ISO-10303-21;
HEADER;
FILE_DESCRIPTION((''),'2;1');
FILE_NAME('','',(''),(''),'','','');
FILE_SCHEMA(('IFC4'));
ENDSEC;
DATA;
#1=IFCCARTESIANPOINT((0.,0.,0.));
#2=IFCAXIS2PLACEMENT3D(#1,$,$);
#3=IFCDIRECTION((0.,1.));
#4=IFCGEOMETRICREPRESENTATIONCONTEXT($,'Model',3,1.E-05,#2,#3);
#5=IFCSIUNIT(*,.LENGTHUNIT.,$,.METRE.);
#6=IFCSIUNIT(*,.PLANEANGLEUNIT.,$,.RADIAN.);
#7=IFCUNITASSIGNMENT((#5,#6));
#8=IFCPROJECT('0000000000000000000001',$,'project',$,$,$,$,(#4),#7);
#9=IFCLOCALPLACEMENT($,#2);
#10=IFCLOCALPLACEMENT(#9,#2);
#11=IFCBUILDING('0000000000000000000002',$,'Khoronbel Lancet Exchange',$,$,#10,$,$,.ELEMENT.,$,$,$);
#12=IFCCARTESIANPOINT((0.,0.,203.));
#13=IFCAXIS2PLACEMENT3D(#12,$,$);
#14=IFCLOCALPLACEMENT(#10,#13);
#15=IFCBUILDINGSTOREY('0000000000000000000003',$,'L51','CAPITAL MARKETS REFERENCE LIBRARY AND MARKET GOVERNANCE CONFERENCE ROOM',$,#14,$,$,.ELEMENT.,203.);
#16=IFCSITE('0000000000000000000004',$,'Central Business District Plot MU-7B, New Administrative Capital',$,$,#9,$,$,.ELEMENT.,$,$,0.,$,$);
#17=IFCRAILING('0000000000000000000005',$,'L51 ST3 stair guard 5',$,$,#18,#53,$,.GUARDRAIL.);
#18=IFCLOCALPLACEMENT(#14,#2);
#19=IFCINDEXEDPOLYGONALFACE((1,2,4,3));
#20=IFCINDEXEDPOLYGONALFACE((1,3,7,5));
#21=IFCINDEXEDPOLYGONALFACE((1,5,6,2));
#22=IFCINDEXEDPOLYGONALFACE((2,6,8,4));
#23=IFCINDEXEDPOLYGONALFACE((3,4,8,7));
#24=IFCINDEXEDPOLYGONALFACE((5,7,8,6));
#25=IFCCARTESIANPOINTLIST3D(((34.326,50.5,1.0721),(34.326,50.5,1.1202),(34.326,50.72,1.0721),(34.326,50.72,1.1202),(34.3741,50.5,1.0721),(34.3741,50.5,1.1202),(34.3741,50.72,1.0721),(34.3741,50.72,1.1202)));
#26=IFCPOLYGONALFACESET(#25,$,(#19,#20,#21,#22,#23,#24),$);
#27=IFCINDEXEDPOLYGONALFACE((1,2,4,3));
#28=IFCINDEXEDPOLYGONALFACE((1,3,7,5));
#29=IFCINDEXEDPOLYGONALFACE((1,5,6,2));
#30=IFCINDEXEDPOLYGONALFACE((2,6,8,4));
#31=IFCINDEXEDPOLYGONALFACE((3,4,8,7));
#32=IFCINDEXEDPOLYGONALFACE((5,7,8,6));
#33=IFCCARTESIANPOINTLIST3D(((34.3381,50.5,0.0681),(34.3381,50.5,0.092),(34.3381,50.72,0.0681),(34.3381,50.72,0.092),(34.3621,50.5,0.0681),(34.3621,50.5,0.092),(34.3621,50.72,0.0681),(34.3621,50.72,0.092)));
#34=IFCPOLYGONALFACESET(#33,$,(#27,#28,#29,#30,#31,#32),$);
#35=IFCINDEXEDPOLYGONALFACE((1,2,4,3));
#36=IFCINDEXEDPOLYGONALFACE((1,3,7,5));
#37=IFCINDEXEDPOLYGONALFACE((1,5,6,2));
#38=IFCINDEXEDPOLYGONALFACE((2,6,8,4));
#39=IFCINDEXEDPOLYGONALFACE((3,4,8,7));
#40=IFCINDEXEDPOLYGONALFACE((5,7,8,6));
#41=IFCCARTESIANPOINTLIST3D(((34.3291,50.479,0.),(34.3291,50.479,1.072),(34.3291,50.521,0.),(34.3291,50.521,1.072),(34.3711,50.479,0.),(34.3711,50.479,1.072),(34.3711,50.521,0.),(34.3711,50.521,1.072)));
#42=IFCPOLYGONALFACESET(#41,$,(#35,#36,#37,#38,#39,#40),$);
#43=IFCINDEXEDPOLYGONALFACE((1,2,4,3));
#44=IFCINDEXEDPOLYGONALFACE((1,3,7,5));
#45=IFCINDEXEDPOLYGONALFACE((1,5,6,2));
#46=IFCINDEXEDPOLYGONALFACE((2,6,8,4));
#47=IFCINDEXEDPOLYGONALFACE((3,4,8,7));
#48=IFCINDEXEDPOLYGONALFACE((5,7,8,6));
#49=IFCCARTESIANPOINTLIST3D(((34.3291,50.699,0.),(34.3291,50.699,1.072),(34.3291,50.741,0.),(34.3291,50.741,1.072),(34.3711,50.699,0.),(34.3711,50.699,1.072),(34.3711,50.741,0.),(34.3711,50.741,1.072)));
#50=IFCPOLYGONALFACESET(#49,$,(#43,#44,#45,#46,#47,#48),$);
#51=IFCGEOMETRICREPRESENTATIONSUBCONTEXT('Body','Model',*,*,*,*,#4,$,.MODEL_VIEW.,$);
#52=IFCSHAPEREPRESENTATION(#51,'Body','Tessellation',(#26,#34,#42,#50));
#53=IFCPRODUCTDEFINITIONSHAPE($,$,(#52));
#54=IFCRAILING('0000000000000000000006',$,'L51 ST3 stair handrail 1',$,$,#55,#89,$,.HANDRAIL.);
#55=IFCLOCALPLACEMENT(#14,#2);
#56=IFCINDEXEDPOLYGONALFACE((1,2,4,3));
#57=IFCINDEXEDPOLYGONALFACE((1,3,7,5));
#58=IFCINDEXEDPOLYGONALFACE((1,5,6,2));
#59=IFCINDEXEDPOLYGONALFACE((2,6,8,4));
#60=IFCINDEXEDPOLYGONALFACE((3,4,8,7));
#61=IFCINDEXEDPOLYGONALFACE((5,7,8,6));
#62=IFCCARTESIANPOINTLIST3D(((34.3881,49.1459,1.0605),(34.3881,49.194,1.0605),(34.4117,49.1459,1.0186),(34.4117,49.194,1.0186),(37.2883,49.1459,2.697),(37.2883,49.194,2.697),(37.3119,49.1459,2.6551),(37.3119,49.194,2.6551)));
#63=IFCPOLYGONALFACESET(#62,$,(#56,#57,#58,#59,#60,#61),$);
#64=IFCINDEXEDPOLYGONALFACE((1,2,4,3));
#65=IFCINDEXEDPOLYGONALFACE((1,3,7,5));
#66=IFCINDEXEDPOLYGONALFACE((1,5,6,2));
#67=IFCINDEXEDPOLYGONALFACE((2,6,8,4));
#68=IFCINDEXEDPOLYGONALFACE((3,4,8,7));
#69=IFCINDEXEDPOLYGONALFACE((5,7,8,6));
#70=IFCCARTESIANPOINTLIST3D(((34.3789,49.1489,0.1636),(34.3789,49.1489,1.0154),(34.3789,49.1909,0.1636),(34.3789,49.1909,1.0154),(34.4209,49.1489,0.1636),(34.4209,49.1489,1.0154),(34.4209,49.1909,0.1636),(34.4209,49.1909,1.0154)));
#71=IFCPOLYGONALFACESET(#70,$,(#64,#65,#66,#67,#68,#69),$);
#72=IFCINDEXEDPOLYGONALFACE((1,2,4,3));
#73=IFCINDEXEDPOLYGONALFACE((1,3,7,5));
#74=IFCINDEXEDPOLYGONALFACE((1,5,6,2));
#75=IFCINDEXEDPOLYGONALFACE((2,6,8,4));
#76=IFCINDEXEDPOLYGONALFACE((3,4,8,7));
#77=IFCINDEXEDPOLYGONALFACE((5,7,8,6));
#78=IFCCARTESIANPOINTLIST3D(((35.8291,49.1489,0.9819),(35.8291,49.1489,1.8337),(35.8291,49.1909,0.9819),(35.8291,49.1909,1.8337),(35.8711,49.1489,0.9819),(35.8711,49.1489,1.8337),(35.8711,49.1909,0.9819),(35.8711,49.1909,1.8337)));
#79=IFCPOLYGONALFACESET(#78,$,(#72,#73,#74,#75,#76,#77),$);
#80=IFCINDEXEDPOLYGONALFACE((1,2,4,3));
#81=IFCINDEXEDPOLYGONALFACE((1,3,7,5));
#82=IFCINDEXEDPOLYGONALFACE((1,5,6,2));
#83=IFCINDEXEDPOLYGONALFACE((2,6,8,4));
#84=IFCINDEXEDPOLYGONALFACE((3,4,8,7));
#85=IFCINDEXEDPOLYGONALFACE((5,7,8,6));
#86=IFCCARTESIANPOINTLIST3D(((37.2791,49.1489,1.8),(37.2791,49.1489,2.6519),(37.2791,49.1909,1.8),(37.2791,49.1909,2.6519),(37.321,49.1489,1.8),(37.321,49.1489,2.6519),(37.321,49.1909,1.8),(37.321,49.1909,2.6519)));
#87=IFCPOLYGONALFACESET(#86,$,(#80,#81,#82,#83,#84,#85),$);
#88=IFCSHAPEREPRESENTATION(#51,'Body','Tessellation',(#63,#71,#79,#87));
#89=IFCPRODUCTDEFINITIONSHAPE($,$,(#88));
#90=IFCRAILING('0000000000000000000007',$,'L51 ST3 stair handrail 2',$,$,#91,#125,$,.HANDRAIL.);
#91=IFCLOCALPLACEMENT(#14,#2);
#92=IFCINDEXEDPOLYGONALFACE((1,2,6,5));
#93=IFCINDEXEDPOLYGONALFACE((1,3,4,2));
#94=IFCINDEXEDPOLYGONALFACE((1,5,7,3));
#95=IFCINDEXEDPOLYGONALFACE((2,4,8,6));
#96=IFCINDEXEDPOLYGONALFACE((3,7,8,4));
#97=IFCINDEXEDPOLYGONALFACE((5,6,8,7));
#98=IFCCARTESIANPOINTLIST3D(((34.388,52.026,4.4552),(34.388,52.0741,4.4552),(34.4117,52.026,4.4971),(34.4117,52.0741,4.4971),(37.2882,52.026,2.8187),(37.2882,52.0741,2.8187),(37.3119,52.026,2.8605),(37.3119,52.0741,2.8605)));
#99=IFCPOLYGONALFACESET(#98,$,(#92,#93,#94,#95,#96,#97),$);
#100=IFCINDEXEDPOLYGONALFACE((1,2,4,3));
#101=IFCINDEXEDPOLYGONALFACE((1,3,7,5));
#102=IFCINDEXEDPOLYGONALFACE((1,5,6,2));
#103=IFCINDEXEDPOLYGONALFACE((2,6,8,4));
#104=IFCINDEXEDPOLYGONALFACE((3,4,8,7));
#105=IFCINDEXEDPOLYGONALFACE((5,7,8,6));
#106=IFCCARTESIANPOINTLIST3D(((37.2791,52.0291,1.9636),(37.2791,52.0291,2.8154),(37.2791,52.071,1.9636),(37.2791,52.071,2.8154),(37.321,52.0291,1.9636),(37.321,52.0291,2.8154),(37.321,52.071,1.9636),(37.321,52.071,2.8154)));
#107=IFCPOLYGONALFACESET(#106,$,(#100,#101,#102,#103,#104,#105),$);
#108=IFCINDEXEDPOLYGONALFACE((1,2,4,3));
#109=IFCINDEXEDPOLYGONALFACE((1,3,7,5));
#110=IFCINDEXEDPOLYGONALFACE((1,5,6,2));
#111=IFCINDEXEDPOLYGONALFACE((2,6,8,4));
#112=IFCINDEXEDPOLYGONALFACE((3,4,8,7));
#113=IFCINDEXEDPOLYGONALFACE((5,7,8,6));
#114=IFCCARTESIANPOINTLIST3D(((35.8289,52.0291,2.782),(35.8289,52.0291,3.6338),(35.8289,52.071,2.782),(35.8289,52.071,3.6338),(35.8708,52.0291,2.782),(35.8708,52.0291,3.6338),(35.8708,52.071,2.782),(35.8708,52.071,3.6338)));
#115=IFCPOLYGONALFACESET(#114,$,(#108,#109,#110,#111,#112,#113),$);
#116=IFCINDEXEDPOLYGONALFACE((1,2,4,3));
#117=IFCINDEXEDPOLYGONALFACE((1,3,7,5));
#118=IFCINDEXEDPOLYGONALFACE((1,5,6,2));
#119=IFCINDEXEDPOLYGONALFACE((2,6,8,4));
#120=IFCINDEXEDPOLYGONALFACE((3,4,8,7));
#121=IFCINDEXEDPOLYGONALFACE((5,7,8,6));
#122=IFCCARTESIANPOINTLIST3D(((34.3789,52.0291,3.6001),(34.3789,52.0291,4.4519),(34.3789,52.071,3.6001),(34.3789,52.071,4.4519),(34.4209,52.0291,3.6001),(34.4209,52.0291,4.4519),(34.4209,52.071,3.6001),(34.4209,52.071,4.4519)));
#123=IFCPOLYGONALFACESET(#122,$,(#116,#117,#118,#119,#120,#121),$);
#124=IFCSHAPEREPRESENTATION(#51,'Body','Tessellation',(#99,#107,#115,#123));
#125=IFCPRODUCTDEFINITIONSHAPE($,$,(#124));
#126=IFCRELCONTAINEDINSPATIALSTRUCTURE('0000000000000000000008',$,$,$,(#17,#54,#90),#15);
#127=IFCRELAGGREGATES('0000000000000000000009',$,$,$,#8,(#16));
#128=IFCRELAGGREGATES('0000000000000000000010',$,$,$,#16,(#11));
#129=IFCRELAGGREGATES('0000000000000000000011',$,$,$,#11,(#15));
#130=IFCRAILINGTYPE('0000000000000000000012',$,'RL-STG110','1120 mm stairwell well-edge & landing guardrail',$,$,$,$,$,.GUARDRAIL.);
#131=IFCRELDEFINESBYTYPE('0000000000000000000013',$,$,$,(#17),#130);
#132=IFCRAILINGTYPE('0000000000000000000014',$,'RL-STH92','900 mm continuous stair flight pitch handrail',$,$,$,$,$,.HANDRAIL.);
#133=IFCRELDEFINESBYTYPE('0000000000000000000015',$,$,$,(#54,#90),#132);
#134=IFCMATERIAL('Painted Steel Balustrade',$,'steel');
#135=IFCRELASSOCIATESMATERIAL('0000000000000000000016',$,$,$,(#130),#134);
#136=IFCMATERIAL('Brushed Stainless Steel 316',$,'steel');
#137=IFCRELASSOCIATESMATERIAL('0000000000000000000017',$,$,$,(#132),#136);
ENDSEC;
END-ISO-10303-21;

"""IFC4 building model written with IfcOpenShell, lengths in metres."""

from ifc_helpers import new_model, si_unit, direction, frame, origin, origin_2d, place, context, subcontext, project, spatial, rectangle, extrude, material, type_object, element, save


model = new_model("IFC4")

# Units and contexts
model_context = context("Model", 3, precision=1e-05, world=origin(), true_north=direction((0.0, 1.0)))
body_context = subcontext(model_context, "Body", "Model", "MODEL_VIEW")
ifc_project = project(units=[si_unit("LENGTHUNIT", "METRE"), si_unit("PLANEANGLEUNIT", "RADIAN")], contexts=[model_context])

# Site, building, storey
site_placement = place(None, origin())
site = spatial("IfcSite", under=ifc_project, at=site_placement, Name="Central Business District Plot MU-7B, New Administrative Capital", CompositionType="ELEMENT", RefElevation=0.0)
building_placement = place(site_placement, origin())
building = spatial("IfcBuilding", under=site, at=building_placement, Name="Khoronbel Lancet Exchange", CompositionType="ELEMENT")
storey_placement = place(building_placement, frame((0.0, 0.0, 203.0)))
storey = spatial("IfcBuildingStorey", under=building, at=storey_placement, Name="L51", Description="CAPITAL MARKETS REFERENCE LIBRARY AND MARKET GOVERNANCE CONFERENCE ROOM", CompositionType="ELEMENT", Elevation=203.0)

# Railings
ifc_material_1 = material(Name="Painted Steel Balustrade", Category="steel")
railing_type_1 = type_object("IfcRailingType", Name="RL-STG110", Description="1120 mm stairwell well-edge & landing guardrail", PredefinedType="GUARDRAIL", material=ifc_material_1)
railing_1_placement = place(storey_placement, frame((34.3501, 50.5, 0.0)))
element("IfcRailing", 1, at=railing_1_placement, inside=storey, type_object=railing_type_1, Name="L51 ST3 stair guard 5", PredefinedType="GUARDRAIL", context=body_context, shape_type="SweptSolid", body=[
    extrude(rectangle(XDim=0.0481, YDim=0.0481, at=origin_2d()), frame((0.0, 0.0, 1.0962), z_axis=(0.0, 1.0, 0.0), x_axis=(-1.0, 0.0, 0.0)), (0.0, 0.0, 1.0), 0.22),
    extrude(rectangle(XDim=0.0239, YDim=0.0239, at=origin_2d()), frame((0.0, 0.0, 0.0801), z_axis=(0.0, 1.0, 0.0), x_axis=(-1.0, 0.0, 0.0)), (0.0, 0.0, 1.0), 0.22),
    extrude(rectangle(XDim=0.042, YDim=0.042, at=origin_2d()), origin(), (0.0, 0.0, 1.0), 1.072),
    extrude(rectangle(XDim=0.042, YDim=0.042, at=origin_2d()), frame((0.0, 0.22, 0.0)), (0.0, 0.0, 1.0), 1.072),
])
ifc_material_2 = material(Name="Brushed Stainless Steel 316", Category="steel")
railing_type_2 = type_object("IfcRailingType", Name="RL-STH92", Description="900 mm continuous stair flight pitch handrail", PredefinedType="HANDRAIL", material=ifc_material_2)
railing_2_placement = place(storey_placement, frame((34.3999, 49.1699, 0.1636)))
element("IfcRailing", 2, at=railing_2_placement, inside=storey, type_object=railing_type_2, Name="L51 ST3 stair handrail 1", PredefinedType="HANDRAIL", context=body_context, shape_type="SweptSolid", body=[
    extrude(rectangle(XDim=0.0481, YDim=0.0481, at=origin_2d()), frame((0.0, 0.0, 0.876), z_axis=(0.870915, 0.0, 0.491434), x_axis=(0.0, 1.0, 0.0)), (0.0, 0.0, 1.0), 3.3301),
    extrude(rectangle(XDim=0.042, YDim=0.042, at=origin_2d()), origin(), (0.0, 0.0, 1.0), 0.8518),
    extrude(rectangle(XDim=0.042, YDim=0.042, at=origin_2d()), frame((1.4502, 0.0, 0.8184)), (0.0, 0.0, 1.0), 0.8518),
    extrude(rectangle(XDim=0.042, YDim=0.042, at=origin_2d()), frame((2.9001, 0.0, 1.6365)), (0.0, 0.0, 1.0), 0.8518),
])
railing_3_placement = place(storey_placement, frame((37.3, 52.05, 1.9636)))
element("IfcRailing", 3, at=railing_3_placement, inside=storey, type_object=railing_type_2, Name="L51 ST3 stair handrail 2", PredefinedType="HANDRAIL", context=body_context, shape_type="SweptSolid", body=[
    extrude(rectangle(XDim=0.0481, YDim=0.0481, at=origin_2d()), frame((0.0, 0.0, 0.876), z_axis=(-0.870915, 0.0, 0.491434), x_axis=(0.0, -1.0, 0.0)), (0.0, 0.0, 1.0), 3.3301),
    extrude(rectangle(XDim=0.042, YDim=0.042, at=origin_2d()), origin(), (0.0, 0.0, 1.0), 0.8518),
    extrude(rectangle(XDim=0.042, YDim=0.042, at=origin_2d()), frame((-1.4502, 0.0, 0.8184)), (0.0, 0.0, 1.0), 0.8518),
    extrude(rectangle(XDim=0.042, YDim=0.042, at=origin_2d()), frame((-2.9001, 0.0, 1.6365)), (0.0, 0.0, 1.0), 0.8518),
])

save(model, "model.ifc")
